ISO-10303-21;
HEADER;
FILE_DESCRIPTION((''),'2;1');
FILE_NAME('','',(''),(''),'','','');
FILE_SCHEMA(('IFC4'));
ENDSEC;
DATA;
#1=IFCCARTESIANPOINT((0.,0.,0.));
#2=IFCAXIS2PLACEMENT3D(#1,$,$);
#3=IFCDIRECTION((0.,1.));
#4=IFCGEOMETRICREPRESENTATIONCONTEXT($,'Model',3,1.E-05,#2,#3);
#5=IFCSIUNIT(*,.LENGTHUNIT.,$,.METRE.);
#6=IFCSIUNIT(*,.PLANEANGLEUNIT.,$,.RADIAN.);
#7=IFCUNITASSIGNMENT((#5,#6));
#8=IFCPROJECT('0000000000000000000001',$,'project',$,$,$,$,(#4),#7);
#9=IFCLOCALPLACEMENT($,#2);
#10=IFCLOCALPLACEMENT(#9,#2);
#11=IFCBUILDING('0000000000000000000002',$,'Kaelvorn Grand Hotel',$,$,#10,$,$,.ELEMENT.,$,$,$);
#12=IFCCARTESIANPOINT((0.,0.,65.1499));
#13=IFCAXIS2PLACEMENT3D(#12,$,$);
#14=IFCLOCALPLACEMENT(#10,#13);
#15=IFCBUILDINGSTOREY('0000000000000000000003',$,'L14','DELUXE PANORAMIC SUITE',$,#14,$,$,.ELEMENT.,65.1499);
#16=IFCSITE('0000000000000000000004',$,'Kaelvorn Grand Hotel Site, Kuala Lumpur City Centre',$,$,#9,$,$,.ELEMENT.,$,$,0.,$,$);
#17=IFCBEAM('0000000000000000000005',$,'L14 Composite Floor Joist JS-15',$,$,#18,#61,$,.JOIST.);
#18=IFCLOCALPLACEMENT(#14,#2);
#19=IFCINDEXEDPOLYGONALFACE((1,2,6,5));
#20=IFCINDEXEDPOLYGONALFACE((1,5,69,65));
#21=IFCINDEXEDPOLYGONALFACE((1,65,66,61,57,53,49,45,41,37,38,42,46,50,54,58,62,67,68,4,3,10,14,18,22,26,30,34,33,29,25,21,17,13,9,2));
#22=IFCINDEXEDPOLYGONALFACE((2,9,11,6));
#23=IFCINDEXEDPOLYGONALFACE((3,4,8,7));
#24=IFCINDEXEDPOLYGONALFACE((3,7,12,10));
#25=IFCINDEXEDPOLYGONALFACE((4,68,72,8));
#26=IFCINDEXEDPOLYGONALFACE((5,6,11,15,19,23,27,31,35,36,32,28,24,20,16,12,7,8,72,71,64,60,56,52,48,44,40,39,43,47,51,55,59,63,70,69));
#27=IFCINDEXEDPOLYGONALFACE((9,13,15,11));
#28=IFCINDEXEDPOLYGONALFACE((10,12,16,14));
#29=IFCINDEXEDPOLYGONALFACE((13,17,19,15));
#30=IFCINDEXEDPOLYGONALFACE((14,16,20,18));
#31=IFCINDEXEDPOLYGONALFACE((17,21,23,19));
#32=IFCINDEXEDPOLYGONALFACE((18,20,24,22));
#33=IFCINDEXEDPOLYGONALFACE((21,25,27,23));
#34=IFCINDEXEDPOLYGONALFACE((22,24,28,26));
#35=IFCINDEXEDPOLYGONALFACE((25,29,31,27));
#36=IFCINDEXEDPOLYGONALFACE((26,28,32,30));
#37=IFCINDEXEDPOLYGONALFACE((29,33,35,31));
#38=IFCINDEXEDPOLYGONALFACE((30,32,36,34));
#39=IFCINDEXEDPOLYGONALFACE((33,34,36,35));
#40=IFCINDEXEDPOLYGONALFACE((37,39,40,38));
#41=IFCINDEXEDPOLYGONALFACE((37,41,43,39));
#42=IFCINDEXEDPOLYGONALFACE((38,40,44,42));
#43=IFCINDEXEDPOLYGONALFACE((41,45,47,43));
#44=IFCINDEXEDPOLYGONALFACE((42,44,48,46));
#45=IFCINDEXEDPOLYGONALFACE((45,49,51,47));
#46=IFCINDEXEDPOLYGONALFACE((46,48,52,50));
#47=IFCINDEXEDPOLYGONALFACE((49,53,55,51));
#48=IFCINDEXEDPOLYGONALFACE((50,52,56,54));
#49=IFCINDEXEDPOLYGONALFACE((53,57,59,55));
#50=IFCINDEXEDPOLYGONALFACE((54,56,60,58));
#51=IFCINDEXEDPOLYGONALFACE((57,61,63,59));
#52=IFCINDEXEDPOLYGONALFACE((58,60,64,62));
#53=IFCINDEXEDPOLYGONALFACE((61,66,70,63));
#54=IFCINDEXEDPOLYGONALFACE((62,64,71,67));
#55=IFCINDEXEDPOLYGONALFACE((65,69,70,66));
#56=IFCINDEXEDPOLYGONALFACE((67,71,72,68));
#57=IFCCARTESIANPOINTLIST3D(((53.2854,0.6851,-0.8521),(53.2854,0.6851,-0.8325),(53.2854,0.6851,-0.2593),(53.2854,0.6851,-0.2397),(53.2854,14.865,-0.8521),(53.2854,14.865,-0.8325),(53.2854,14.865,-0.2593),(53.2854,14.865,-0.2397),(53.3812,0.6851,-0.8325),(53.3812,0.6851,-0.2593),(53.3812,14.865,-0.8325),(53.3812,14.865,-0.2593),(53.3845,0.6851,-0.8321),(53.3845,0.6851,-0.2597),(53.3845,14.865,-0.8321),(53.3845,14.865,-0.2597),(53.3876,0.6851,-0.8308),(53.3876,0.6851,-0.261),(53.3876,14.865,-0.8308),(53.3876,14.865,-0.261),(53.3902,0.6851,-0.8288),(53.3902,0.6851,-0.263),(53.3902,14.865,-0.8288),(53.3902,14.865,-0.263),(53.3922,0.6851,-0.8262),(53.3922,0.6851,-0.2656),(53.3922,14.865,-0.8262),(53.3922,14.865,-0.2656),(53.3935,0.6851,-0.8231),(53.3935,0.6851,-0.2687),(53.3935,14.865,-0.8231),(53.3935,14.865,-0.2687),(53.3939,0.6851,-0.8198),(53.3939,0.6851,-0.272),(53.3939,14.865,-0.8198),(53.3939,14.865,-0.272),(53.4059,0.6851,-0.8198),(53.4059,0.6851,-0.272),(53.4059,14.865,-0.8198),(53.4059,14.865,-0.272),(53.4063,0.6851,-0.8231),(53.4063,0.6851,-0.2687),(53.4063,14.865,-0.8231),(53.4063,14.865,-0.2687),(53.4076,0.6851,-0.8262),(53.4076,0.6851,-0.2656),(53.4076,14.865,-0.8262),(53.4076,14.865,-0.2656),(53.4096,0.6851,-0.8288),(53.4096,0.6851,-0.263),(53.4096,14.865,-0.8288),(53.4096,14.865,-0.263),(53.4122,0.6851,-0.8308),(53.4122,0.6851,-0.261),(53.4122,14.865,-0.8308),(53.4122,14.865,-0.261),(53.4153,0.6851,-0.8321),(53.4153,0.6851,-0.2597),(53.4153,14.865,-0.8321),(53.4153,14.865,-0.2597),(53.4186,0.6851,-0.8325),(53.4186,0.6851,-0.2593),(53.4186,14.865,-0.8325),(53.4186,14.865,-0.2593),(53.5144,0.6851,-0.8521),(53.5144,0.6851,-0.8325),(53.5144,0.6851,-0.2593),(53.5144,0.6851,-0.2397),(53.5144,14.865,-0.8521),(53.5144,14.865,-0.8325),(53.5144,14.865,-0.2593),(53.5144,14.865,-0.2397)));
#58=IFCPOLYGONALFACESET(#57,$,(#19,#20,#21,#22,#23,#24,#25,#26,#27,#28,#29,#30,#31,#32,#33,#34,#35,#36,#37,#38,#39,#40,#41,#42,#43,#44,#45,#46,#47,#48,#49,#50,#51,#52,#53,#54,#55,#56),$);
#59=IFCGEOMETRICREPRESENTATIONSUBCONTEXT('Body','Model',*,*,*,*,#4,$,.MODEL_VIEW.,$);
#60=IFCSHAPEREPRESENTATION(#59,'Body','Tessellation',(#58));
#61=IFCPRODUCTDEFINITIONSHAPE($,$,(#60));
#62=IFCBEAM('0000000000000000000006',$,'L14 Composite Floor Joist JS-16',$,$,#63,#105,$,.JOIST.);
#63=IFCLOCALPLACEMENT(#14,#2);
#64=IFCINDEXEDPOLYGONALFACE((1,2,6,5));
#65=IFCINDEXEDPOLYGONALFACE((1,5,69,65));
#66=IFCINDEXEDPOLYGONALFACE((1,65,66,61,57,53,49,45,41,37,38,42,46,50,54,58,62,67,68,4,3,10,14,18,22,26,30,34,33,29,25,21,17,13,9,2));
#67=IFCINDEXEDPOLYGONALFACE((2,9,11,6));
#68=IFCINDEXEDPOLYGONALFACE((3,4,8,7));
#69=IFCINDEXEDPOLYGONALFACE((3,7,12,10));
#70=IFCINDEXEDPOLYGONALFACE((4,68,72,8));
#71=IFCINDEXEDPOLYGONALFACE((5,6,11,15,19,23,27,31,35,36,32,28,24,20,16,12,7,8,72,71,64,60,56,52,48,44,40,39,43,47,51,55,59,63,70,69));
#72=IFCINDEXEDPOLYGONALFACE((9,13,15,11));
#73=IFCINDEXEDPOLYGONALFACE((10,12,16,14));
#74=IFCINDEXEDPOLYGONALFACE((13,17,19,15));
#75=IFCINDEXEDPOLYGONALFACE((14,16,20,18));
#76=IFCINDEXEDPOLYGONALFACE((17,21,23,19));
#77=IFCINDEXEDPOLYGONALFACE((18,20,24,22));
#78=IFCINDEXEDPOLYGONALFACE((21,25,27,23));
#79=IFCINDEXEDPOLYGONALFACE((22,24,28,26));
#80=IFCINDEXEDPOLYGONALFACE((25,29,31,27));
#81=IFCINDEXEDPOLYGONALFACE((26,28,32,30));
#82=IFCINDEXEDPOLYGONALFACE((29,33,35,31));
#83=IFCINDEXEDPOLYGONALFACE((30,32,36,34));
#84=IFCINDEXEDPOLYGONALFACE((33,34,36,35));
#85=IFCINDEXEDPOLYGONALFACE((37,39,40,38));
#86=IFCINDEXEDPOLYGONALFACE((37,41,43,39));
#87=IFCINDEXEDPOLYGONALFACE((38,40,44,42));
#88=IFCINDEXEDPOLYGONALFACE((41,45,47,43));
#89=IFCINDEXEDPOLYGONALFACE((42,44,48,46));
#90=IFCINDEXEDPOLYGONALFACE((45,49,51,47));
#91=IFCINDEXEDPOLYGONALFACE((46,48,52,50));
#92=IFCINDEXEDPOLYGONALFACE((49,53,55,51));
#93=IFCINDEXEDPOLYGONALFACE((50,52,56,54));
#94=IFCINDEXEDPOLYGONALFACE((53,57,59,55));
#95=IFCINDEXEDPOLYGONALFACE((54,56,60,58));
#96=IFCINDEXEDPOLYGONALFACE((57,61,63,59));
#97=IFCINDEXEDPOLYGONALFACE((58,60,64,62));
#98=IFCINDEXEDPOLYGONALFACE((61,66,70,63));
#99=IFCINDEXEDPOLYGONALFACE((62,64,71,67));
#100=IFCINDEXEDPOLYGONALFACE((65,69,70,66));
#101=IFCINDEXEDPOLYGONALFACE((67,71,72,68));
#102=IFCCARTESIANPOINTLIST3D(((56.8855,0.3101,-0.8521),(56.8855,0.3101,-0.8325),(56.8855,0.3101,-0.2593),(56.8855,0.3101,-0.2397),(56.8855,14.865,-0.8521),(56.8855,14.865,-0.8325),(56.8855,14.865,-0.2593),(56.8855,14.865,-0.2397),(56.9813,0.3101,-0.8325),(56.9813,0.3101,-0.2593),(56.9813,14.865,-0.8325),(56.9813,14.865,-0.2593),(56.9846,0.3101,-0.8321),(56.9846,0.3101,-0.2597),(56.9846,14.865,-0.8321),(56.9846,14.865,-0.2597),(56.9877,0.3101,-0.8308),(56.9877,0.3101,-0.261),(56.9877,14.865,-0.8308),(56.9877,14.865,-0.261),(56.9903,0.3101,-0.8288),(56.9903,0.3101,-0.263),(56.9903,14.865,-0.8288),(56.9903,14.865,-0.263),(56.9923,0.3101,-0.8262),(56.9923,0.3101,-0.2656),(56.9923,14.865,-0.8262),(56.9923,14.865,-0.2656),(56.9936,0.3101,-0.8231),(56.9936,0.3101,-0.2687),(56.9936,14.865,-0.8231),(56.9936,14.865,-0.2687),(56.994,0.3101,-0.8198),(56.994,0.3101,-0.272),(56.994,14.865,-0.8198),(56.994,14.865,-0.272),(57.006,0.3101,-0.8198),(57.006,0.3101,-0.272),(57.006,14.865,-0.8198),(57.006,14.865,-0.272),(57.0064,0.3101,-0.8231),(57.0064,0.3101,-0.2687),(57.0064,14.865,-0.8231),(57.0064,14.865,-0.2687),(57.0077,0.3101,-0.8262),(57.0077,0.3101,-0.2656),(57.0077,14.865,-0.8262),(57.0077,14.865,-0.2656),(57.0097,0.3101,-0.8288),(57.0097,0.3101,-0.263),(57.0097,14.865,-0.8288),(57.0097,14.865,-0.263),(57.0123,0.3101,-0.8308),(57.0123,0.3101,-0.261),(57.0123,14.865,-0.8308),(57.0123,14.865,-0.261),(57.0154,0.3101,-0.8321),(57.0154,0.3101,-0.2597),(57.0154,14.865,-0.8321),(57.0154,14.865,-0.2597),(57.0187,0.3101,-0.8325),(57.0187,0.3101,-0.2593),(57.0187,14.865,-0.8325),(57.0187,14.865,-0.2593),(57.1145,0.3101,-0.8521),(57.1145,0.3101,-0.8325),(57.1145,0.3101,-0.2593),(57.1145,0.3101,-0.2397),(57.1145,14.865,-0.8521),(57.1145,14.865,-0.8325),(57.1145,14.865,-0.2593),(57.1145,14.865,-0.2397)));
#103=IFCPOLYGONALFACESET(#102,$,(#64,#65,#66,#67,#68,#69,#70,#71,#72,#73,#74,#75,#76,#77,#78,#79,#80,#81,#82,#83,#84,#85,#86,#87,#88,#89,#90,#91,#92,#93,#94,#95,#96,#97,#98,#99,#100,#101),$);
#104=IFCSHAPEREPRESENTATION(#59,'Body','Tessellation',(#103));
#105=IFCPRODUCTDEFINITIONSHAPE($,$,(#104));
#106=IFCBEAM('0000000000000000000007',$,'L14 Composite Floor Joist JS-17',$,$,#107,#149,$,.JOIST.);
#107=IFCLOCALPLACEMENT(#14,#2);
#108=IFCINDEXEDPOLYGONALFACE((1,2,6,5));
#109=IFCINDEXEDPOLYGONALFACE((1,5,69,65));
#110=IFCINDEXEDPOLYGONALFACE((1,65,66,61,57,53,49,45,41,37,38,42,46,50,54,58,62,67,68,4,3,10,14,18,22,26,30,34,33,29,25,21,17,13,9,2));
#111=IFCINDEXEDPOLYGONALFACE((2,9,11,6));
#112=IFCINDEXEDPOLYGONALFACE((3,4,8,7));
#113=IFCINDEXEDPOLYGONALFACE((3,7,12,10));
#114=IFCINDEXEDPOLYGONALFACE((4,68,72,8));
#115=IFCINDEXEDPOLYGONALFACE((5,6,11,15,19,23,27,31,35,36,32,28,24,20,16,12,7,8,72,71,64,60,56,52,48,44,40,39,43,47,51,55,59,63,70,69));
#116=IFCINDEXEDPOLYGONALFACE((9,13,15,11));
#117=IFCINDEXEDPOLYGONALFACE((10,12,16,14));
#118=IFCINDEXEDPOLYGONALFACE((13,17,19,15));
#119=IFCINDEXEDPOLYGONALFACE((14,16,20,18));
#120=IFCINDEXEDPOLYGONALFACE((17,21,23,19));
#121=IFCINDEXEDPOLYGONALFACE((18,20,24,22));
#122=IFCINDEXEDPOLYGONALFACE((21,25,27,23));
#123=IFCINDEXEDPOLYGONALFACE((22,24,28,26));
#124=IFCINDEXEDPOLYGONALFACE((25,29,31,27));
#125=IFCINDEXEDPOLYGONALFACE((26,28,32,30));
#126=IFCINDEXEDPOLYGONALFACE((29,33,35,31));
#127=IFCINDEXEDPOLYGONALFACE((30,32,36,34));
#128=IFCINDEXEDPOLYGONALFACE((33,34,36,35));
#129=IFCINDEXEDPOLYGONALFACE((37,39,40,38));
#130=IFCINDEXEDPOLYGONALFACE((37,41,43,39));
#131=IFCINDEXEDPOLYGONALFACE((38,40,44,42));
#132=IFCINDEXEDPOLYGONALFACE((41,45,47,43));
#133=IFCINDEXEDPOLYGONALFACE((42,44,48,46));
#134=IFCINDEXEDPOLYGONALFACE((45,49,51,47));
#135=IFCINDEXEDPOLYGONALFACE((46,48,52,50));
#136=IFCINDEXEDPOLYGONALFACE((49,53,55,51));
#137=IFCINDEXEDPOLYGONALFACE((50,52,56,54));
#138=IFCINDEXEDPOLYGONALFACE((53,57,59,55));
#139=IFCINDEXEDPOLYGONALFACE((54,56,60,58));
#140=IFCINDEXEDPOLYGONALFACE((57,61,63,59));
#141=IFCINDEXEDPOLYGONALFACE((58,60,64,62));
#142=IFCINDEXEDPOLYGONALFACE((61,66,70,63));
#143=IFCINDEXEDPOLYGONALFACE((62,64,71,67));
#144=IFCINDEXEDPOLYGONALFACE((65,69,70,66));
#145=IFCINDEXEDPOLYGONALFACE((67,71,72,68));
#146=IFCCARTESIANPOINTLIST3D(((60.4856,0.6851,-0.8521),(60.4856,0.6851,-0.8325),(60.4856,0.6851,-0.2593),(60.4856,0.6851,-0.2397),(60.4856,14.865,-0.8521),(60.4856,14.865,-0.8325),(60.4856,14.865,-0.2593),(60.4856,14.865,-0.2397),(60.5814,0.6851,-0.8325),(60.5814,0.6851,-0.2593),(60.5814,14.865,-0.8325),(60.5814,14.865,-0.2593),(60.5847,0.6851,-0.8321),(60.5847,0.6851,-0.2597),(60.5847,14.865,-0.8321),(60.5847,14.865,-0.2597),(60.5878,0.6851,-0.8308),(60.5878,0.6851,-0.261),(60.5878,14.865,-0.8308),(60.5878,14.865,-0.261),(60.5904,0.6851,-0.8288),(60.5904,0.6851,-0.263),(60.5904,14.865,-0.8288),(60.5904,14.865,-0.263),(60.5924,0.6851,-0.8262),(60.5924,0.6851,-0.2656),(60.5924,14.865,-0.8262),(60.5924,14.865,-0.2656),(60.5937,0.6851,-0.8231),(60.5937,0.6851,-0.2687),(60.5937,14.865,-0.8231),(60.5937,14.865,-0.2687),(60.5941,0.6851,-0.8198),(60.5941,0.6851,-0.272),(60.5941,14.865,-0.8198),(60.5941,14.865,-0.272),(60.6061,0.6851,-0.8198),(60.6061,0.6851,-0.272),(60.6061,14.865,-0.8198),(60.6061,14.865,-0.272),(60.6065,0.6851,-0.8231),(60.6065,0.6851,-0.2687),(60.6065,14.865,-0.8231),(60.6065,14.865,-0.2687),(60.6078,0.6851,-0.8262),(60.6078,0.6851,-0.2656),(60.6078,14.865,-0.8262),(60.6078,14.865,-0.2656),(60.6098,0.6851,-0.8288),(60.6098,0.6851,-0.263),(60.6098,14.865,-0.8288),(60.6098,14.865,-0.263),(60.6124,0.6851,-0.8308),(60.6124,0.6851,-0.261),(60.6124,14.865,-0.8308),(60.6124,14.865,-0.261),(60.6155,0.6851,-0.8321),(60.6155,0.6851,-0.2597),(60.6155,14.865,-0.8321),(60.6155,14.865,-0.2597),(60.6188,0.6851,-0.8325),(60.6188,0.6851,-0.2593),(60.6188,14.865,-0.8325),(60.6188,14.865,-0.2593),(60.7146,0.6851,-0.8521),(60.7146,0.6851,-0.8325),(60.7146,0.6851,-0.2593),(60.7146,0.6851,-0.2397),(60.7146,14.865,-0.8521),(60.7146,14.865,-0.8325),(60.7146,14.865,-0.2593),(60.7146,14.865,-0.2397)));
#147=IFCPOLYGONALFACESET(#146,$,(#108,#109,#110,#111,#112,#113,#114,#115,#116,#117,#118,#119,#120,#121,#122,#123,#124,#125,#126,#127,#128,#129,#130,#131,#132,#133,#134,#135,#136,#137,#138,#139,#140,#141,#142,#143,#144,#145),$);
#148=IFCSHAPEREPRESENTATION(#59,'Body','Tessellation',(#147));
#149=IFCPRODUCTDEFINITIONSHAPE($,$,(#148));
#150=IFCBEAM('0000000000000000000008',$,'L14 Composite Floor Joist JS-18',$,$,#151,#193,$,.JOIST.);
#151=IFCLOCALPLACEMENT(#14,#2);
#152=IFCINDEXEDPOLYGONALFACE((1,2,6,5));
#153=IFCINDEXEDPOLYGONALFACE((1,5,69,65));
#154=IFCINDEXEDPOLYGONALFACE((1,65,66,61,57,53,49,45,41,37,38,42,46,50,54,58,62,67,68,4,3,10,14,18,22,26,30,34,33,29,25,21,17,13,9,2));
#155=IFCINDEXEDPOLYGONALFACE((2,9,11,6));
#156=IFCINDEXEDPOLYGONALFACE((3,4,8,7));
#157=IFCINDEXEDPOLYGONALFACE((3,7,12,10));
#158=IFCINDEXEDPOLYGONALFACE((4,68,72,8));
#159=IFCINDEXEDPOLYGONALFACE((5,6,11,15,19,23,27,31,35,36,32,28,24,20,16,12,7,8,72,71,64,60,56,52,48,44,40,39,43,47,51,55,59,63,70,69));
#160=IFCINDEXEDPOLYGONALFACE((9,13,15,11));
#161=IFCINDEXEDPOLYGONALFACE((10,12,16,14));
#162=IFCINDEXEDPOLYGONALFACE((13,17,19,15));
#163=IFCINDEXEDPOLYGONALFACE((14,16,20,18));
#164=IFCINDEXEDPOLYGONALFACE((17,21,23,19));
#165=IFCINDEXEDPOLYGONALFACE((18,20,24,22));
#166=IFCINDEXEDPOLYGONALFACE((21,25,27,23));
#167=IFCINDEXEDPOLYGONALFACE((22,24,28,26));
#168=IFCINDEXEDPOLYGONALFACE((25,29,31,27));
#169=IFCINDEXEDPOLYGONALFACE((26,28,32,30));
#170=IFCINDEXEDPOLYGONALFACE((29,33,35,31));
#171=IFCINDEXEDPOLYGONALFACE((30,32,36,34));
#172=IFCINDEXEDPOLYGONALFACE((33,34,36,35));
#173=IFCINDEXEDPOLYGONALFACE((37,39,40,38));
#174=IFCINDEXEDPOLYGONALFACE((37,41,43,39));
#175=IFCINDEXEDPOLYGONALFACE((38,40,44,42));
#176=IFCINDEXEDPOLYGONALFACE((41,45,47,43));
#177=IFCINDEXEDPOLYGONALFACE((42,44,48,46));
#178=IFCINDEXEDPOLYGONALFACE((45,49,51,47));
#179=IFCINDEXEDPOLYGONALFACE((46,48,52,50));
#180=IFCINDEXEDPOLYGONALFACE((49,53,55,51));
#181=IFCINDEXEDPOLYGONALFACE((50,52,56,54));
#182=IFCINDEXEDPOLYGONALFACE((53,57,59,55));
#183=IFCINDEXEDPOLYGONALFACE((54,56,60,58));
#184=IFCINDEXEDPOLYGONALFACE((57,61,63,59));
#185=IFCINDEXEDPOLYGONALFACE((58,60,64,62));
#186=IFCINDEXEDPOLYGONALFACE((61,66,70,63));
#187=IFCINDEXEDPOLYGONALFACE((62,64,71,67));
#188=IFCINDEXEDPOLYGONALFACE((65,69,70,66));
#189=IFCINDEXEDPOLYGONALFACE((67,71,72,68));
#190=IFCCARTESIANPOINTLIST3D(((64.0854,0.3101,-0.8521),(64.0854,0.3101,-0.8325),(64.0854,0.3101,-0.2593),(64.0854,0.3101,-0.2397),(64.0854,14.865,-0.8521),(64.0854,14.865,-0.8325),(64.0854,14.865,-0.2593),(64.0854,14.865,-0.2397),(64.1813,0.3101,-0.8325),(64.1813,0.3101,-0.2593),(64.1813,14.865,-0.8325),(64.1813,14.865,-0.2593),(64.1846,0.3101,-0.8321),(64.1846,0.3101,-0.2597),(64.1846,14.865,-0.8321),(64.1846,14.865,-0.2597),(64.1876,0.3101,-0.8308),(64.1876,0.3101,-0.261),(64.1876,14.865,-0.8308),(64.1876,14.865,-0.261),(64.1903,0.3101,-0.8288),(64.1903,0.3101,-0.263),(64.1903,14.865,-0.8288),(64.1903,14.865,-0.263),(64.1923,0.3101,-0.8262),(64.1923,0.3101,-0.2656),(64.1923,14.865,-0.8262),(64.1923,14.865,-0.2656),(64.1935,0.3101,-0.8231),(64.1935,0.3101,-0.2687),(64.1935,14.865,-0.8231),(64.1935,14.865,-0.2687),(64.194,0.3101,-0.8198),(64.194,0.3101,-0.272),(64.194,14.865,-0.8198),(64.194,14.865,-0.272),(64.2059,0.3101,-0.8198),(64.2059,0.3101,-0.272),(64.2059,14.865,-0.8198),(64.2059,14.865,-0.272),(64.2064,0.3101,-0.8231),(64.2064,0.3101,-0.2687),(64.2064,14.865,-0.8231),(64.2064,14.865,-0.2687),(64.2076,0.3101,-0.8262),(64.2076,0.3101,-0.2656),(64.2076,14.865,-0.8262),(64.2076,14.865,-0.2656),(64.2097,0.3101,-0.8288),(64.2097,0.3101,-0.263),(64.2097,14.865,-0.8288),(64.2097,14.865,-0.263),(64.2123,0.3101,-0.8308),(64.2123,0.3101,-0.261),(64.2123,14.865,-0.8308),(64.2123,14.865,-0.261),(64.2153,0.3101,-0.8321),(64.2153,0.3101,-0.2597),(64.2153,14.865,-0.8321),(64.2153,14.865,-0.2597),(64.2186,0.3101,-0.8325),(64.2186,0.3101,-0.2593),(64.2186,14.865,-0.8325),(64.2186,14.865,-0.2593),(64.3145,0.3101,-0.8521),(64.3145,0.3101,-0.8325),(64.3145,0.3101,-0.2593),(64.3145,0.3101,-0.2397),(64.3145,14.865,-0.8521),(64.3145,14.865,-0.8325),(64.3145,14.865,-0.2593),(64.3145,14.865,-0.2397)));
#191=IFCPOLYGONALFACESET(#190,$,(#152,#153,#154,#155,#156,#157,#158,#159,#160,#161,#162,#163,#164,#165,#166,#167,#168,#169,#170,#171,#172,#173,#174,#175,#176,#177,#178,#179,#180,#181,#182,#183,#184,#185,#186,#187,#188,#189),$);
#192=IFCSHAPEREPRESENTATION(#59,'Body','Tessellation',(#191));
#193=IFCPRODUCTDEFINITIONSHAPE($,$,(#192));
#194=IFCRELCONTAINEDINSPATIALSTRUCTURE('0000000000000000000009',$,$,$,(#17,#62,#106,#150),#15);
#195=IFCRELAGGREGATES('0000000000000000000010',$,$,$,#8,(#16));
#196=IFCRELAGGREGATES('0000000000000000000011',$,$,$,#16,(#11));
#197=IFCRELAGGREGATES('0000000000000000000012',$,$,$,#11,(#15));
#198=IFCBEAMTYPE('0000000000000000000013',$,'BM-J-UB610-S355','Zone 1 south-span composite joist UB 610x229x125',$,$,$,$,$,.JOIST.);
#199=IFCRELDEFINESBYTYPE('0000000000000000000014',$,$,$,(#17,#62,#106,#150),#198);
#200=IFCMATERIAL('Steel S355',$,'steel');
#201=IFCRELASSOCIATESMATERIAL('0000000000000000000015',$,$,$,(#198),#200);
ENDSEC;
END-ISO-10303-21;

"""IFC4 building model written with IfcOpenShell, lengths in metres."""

from ifc_helpers import new_model, si_unit, direction, frame, origin, origin_2d, place, context, subcontext, project, spatial, i_section, extrude, material, material_profile, profile_set, type_object, element, save


model = new_model("IFC4")

# Units and contexts
model_context = context("Model", 3, precision=1e-05, world=origin(), true_north=direction((0.0, 1.0)))
body_context = subcontext(model_context, "Body", "Model", "MODEL_VIEW")
ifc_project = project(units=[si_unit("LENGTHUNIT", "METRE"), si_unit("PLANEANGLEUNIT", "RADIAN")], contexts=[model_context])

# Site, building, storey
site_placement = place(None, origin())
site = spatial("IfcSite", under=ifc_project, at=site_placement, Name="Kaelvorn Grand Hotel Site, Kuala Lumpur City Centre", CompositionType="ELEMENT", RefElevation=0.0)
building_placement = place(site_placement, origin())
building = spatial("IfcBuilding", under=site, at=building_placement, Name="Kaelvorn Grand Hotel", CompositionType="ELEMENT")
storey_placement = place(building_placement, frame((0.0, 0.0, 65.1499)))
storey = spatial("IfcBuildingStorey", under=building, at=storey_placement, Name="L14", Description="DELUXE PANORAMIC SUITE", CompositionType="ELEMENT", Elevation=65.1499)

# Beams
ifc_material_1 = material(Name="Steel S355", Category="steel")
ifc_material_profile_1 = material_profile(ifc_material_1, i_section(OverallWidth=0.229, OverallDepth=0.6123, WebThickness=0.012, FlangeThickness=0.0195, FilletRadius=0.0127, at=origin_2d()), Name="UB 610x229x125")
ifc_profile_set_1 = profile_set([ifc_material_profile_1], Name="Steel S355")
beam_type_1 = type_object("IfcBeamType", Name="BM-J-UB610-S355", Description="Zone 1 south-span composite joist UB 610x229x125", PredefinedType="JOIST", material=ifc_profile_set_1)
beam_1_placement = place(storey_placement, frame((53.3999, 0.6851, -0.5459), z_axis=(0.0, 1.0, 0.0), x_axis=(-1.0, 0.0, 0.0)))
element("IfcBeam", 1, at=beam_1_placement, inside=storey, type_object=beam_type_1, Name="L14 Composite Floor Joist JS-15", PredefinedType="JOIST", context=body_context, shape_type="SweptSolid", body=[
    extrude(i_section(OverallWidth=0.229, OverallDepth=0.6123, WebThickness=0.012, FlangeThickness=0.0195, FilletRadius=0.0127, at=origin_2d()), origin(), (0.0, 0.0, 1.0), 14.1799),
])
beam_2_placement = place(storey_placement, frame((57.0, 0.3101, -0.5459), z_axis=(0.0, 1.0, 0.0), x_axis=(-1.0, 0.0, 0.0)))
element("IfcBeam", 2, at=beam_2_placement, inside=storey, type_object=beam_type_1, Name="L14 Composite Floor Joist JS-16", PredefinedType="JOIST", context=body_context, shape_type="SweptSolid", body=[
    extrude(i_section(OverallWidth=0.229, OverallDepth=0.6123, WebThickness=0.012, FlangeThickness=0.0195, FilletRadius=0.0127, at=origin_2d()), origin(), (0.0, 0.0, 1.0), 14.5549),
])
beam_3_placement = place(storey_placement, frame((60.6001, 0.6851, -0.5459), z_axis=(0.0, 1.0, 0.0), x_axis=(-1.0, 0.0, 0.0)))
element("IfcBeam", 3, at=beam_3_placement, inside=storey, type_object=beam_type_1, Name="L14 Composite Floor Joist JS-17", PredefinedType="JOIST", context=body_context, shape_type="SweptSolid", body=[
    extrude(i_section(OverallWidth=0.229, OverallDepth=0.6123, WebThickness=0.012, FlangeThickness=0.0195, FilletRadius=0.0127, at=origin_2d()), origin(), (0.0, 0.0, 1.0), 14.1799),
])
beam_4_placement = place(storey_placement, frame((64.2, 0.3101, -0.5459), z_axis=(0.0, 1.0, 0.0), x_axis=(-1.0, 0.0, 0.0)))
element("IfcBeam", 4, at=beam_4_placement, inside=storey, type_object=beam_type_1, Name="L14 Composite Floor Joist JS-18", PredefinedType="JOIST", context=body_context, shape_type="SweptSolid", body=[
    extrude(i_section(OverallWidth=0.229, OverallDepth=0.6123, WebThickness=0.012, FlangeThickness=0.0195, FilletRadius=0.0127, at=origin_2d()), origin(), (0.0, 0.0, 1.0), 14.5549),
])

save(model, "model.ifc")
